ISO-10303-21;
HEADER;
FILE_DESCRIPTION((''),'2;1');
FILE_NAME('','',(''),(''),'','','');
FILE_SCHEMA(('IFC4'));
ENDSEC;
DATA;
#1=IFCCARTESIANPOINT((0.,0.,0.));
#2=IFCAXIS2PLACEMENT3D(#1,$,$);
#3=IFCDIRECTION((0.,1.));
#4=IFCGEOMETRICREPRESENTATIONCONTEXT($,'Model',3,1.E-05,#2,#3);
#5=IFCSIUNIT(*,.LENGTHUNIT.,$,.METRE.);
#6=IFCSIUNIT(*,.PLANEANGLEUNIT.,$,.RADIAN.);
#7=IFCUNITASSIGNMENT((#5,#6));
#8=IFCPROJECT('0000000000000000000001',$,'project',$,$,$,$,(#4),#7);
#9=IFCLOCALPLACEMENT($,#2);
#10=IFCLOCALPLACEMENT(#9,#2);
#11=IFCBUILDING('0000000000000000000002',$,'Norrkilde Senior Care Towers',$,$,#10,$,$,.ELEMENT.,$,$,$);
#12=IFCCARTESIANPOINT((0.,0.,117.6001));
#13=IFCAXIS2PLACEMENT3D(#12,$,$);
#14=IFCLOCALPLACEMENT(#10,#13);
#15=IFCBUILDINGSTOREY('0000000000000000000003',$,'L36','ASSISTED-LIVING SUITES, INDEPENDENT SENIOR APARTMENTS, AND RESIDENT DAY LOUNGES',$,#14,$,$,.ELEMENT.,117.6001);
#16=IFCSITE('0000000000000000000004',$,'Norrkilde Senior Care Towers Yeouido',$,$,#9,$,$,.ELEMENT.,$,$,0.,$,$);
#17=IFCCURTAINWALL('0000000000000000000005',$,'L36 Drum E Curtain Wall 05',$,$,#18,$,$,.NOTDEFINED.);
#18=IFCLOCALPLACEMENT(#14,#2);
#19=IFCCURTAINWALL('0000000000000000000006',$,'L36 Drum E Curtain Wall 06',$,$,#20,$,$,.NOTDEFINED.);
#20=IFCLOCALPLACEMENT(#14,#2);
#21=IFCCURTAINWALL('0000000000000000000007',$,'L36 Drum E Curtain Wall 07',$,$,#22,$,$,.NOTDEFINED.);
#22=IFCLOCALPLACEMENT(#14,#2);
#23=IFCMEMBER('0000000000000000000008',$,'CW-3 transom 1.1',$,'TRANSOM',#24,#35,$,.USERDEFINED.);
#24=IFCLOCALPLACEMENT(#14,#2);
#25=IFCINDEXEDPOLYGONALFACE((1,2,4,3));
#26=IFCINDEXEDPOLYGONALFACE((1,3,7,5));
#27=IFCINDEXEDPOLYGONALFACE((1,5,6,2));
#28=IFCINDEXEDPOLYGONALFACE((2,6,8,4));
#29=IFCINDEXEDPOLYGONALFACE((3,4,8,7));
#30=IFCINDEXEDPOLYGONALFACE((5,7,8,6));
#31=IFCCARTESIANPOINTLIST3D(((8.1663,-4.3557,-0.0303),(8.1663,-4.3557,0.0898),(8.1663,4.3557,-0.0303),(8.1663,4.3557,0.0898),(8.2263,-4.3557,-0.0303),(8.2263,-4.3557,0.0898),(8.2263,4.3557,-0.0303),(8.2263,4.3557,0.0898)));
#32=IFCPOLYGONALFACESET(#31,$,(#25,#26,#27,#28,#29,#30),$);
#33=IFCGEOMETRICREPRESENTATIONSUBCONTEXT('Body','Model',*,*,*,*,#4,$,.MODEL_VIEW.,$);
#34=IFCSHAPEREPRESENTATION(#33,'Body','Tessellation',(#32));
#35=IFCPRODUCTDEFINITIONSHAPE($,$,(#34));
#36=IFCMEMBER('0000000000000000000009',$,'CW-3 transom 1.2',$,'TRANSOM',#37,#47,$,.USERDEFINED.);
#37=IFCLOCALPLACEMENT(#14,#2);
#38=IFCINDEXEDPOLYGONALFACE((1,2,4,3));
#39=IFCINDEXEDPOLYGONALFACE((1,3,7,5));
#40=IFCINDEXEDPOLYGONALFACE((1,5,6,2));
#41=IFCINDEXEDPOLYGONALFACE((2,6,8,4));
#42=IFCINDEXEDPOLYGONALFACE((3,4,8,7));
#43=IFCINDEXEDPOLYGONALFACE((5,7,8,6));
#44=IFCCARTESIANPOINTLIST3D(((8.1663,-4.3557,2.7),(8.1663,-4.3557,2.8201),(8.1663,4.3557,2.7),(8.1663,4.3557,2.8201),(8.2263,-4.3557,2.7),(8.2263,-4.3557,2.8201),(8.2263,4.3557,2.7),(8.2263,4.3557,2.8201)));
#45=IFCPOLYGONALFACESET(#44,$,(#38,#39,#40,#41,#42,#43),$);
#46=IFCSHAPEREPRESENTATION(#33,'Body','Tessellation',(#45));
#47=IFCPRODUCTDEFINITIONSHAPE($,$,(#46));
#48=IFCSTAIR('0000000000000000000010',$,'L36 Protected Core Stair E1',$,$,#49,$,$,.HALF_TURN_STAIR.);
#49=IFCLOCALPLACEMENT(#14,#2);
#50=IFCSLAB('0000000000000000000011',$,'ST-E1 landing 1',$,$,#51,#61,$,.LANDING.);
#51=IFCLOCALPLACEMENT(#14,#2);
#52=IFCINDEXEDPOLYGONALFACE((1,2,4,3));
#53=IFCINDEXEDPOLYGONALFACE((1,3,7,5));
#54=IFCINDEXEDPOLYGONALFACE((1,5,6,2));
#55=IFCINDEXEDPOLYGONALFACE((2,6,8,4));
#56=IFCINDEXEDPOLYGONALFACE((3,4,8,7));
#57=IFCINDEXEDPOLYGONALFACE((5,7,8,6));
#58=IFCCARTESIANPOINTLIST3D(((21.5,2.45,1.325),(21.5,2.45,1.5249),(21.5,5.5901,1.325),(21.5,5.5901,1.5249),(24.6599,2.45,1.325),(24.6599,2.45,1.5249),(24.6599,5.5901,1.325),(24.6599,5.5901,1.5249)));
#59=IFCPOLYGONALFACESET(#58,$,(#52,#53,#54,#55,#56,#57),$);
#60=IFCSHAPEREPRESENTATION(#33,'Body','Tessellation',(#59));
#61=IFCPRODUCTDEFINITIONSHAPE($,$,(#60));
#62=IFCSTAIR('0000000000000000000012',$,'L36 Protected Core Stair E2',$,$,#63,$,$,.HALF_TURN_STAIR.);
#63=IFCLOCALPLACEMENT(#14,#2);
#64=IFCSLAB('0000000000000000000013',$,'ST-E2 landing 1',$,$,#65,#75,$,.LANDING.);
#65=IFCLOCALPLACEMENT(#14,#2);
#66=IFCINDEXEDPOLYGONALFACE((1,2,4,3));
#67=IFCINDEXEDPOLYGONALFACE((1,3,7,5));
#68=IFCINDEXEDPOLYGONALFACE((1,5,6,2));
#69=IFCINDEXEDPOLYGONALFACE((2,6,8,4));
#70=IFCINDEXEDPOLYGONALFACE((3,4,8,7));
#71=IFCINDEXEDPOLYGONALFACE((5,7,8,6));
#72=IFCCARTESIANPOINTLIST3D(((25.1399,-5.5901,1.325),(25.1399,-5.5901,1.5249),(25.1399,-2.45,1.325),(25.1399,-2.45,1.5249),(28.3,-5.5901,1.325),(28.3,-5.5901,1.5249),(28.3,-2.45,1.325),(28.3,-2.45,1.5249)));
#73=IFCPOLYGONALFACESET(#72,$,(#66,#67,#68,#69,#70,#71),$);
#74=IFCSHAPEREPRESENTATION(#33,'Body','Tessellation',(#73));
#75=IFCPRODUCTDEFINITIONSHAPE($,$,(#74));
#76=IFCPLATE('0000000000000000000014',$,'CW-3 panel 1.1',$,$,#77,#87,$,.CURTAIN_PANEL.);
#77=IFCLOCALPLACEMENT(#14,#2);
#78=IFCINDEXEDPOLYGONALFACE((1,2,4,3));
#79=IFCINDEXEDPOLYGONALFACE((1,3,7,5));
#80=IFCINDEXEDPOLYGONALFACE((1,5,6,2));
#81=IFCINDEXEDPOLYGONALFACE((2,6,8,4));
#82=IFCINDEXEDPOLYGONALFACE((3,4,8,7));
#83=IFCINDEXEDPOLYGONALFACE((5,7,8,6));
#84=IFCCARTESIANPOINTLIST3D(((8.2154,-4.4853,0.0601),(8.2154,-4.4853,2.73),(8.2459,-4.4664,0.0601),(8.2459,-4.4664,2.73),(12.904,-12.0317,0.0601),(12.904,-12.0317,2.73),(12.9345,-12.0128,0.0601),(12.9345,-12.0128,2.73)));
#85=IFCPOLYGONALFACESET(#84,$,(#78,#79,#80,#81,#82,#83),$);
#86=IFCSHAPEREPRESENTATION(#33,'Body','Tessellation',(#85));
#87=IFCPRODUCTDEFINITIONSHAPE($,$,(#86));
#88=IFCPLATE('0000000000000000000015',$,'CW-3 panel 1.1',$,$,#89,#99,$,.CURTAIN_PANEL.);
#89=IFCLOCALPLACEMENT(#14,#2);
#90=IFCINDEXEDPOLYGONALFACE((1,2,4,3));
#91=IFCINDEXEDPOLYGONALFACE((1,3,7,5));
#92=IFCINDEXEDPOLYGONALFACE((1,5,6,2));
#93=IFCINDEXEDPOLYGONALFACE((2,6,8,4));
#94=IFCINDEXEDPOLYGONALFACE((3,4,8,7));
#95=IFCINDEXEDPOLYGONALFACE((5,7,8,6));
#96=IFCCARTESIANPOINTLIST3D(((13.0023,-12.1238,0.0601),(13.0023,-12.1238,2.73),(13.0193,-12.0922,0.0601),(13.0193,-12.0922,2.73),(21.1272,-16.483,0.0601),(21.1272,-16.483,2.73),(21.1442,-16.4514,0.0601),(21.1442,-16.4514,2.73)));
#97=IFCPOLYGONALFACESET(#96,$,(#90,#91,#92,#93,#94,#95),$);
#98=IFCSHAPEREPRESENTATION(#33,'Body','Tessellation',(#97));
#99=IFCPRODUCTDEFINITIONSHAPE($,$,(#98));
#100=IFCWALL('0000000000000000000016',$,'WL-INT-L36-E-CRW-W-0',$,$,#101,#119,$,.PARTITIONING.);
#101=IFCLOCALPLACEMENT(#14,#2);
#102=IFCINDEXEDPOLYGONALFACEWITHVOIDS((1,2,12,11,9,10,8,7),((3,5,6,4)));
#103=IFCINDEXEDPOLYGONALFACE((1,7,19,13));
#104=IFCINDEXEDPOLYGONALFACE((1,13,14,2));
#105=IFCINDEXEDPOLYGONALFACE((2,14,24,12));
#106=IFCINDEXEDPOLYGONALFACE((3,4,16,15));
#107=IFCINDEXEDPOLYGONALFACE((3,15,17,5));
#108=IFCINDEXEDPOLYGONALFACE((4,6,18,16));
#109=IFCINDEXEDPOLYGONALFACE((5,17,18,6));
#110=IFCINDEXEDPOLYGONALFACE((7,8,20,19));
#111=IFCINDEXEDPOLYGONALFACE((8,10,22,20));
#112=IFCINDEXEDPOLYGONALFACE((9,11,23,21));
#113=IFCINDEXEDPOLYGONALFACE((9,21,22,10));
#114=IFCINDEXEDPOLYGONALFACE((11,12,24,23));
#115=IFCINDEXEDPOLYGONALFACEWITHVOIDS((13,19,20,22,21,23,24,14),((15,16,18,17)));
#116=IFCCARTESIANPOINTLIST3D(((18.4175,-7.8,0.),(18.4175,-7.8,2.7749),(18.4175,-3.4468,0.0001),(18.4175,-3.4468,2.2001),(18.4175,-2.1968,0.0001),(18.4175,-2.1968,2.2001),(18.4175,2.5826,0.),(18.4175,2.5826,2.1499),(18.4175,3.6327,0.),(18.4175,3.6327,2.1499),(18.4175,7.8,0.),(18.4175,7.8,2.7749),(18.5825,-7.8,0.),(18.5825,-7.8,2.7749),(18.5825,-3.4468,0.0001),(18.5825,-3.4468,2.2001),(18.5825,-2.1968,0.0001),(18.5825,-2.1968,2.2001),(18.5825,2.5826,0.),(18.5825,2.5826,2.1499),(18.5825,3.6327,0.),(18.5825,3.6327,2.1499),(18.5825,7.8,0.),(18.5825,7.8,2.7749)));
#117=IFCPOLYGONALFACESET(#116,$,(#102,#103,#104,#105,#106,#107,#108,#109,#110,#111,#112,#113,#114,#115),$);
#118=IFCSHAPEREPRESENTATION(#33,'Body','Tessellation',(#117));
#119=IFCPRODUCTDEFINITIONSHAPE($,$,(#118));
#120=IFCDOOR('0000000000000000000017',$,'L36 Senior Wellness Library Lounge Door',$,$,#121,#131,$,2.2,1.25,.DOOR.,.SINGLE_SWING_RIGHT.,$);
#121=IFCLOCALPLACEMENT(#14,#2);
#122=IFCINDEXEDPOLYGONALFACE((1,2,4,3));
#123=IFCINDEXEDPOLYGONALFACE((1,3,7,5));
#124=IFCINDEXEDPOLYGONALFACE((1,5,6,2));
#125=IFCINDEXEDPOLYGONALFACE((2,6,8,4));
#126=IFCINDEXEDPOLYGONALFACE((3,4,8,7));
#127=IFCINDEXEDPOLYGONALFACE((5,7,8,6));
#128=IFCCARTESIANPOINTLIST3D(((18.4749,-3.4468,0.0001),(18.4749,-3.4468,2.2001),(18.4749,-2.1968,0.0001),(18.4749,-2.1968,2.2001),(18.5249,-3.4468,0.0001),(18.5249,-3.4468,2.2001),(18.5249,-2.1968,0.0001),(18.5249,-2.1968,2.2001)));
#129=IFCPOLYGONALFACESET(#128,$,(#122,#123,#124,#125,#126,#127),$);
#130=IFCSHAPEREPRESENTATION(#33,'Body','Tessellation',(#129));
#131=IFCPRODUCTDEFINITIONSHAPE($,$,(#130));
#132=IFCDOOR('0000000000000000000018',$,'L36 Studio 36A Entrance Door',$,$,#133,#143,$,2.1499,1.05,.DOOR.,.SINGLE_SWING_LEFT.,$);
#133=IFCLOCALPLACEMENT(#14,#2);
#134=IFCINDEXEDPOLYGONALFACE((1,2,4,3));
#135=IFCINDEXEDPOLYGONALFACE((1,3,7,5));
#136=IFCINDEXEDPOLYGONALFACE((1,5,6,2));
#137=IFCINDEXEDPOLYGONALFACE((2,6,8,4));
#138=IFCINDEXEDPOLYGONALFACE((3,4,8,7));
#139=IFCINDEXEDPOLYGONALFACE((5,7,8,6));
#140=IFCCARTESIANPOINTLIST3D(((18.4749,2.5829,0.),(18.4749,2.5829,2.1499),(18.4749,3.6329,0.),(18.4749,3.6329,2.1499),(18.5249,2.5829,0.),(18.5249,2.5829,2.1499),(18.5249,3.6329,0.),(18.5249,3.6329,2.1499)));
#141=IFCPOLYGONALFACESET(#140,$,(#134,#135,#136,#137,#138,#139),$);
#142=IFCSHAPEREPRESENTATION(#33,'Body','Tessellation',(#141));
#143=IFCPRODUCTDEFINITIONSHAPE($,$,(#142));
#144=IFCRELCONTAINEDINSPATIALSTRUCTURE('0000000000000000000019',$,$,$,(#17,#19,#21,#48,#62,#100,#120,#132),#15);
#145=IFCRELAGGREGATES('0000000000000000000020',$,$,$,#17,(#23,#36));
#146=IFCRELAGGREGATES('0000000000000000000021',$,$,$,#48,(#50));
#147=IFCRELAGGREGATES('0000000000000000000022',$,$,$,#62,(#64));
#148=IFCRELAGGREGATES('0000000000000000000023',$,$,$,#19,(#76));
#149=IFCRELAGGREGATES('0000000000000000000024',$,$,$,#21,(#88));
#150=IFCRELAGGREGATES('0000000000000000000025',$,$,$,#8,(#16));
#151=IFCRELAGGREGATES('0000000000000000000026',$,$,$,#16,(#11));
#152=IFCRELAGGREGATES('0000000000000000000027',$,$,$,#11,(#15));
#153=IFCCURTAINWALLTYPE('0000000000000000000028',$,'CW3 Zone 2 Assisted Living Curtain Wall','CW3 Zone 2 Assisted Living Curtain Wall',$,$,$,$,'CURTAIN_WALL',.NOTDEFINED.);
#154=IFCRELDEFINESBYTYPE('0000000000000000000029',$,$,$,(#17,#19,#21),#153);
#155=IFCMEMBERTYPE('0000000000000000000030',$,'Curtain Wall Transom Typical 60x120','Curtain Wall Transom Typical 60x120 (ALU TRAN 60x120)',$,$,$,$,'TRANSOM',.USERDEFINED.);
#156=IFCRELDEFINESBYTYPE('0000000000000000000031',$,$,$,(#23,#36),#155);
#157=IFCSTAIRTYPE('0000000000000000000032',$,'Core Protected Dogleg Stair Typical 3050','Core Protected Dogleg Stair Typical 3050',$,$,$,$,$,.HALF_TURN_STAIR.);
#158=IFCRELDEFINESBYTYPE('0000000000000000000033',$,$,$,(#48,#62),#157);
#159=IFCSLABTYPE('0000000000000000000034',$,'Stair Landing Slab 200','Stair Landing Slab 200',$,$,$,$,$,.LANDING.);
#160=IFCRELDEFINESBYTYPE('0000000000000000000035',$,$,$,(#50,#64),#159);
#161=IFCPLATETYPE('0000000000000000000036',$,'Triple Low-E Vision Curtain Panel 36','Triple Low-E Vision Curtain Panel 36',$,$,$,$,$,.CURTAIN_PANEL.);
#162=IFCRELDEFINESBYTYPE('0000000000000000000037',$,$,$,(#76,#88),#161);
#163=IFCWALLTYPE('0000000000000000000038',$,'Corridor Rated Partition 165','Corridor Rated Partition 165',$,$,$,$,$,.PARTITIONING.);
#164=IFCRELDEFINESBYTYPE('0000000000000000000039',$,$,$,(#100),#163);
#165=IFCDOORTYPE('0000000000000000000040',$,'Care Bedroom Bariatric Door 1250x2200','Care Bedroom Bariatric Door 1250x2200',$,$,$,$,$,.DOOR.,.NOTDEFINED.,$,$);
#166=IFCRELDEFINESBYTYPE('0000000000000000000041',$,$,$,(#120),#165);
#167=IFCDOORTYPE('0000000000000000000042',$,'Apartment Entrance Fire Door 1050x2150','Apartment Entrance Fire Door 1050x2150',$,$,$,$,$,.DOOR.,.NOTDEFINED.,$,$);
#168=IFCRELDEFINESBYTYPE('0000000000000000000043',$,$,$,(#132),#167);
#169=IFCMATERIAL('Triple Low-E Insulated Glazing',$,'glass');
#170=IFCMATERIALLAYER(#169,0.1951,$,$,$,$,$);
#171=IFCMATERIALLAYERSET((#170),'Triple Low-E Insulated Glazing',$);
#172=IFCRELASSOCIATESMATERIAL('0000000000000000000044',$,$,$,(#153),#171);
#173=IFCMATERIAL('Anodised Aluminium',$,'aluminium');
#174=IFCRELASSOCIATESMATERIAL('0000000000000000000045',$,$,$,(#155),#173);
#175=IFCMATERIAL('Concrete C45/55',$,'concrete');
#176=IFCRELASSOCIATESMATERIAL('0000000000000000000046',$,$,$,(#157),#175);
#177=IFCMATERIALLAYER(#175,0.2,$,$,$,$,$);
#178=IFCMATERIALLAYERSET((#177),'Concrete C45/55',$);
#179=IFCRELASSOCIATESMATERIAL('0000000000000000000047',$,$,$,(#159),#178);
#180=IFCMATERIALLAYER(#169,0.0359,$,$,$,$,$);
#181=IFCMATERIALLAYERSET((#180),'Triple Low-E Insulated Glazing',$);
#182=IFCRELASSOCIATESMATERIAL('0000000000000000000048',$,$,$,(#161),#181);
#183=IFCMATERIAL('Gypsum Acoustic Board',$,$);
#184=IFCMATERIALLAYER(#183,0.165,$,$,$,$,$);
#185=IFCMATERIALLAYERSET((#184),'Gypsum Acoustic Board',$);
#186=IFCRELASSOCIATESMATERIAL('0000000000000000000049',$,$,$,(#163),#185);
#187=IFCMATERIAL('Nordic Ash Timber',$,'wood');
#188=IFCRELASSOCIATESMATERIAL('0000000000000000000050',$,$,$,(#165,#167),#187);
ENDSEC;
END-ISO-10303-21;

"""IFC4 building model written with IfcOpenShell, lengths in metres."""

from ifc_helpers import new_model, si_unit, direction, frame, frame_2d, origin, origin_2d, place, context, subcontext, project, spatial, polyline, rectangle, outline, extrude, source, transform, mapped, material, layer, layer_set, material_profile, profile_set, type_object, type_shapes, element, fill, aggregate, save


model = new_model("IFC4")

# Units and contexts
model_context = context("Model", 3, precision=1e-05, world=origin(), true_north=direction((0.0, 1.0)))
body_context = subcontext(model_context, "Body", "Model", "MODEL_VIEW")
ifc_project = project(units=[si_unit("LENGTHUNIT", "METRE"), si_unit("PLANEANGLEUNIT", "RADIAN")], contexts=[model_context])

# Site, building, storey
site_placement = place(None, origin())
site = spatial("IfcSite", under=ifc_project, at=site_placement, Name="Norrkilde Senior Care Towers Yeouido", CompositionType="ELEMENT", RefElevation=0.0)
building_placement = place(site_placement, origin())
building = spatial("IfcBuilding", under=site, at=building_placement, Name="Norrkilde Senior Care Towers", CompositionType="ELEMENT")
storey_placement = place(building_placement, frame((0.0, 0.0, 117.6001)))
storey = spatial("IfcBuildingStorey", under=building, at=storey_placement, Name="L36", Description="ASSISTED-LIVING SUITES, INDEPENDENT SENIOR APARTMENTS, AND RESIDENT DAY LOUNGES", CompositionType="ELEMENT", Elevation=117.6001)

# Curtain wall
ifc_material_1 = material(Name="Triple Low-E Insulated Glazing", Category="glass")
ifc_layer_1 = layer(ifc_material_1, 0.1951)
ifc_layer_set_1 = layer_set([ifc_layer_1], Name="Triple Low-E Insulated Glazing")
curtain_wall_type = type_object("IfcCurtainWallType", Name="CW3 Zone 2 Assisted Living Curtain Wall", Description="CW3 Zone 2 Assisted Living Curtain Wall", ElementType="CURTAIN_WALL", PredefinedType="NOTDEFINED", material=ifc_layer_set_1)
curtain_wall_1_placement = place(storey_placement, origin())
curtain_wall_1 = element("IfcCurtainWall", 1, at=curtain_wall_1_placement, inside=storey, type_object=curtain_wall_type, Name="L36 Drum E Curtain Wall 05", PredefinedType="NOTDEFINED")
ifc_material_2 = material(Name="Anodised Aluminium", Category="aluminium")

# Curtain wall
curtain_wall_2_placement = place(storey_placement, origin())
curtain_wall_2 = element("IfcCurtainWall", 2, at=curtain_wall_2_placement, inside=storey, type_object=curtain_wall_type, Name="L36 Drum E Curtain Wall 06", PredefinedType="NOTDEFINED")

# Curtain wall
curtain_wall_3_placement = place(storey_placement, origin())
curtain_wall_3 = element("IfcCurtainWall", 3, at=curtain_wall_3_placement, inside=storey, type_object=curtain_wall_type, Name="L36 Drum E Curtain Wall 07", PredefinedType="NOTDEFINED")

# Members
ifc_material_profile_1 = material_profile(ifc_material_2, rectangle(XDim=0.0601, YDim=0.1201, at=origin_2d()), Name="ALU TRAN 60x120")
ifc_profile_set_1 = profile_set([ifc_material_profile_1], Name="Anodised Aluminium")
member_type_1 = type_object("IfcMemberType", Name="Curtain Wall Transom Typical 60x120", Description="Curtain Wall Transom Typical 60x120 (ALU TRAN 60x120)", ElementType="TRANSOM", PredefinedType="USERDEFINED", material=ifc_profile_set_1)
shared_shape_1 = source(origin(), body_context, "Body", "SweptSolid", [
    extrude(rectangle(XDim=0.0601, YDim=0.1201, at=origin_2d()), origin(), (0.0, 0.0, 1.0), 8.7114),
])
member_1_placement = place(storey_placement, frame((8.1963, -4.3557, 0.0298), z_axis=(0.0, 1.0, 0.0), x_axis=(-1.0, 0.0, 0.0)))
member_1 = element("IfcMember", 4, at=member_1_placement, type_object=member_type_1, Name="CW-3 transom 1.1", ObjectType="TRANSOM", PredefinedType="USERDEFINED", context=body_context, shape_type="MappedRepresentation", body=[
    mapped(shared_shape_1, transform((0.0, 0.0, 0.0), x_axis=(1.0, 0.0, 0.0), y_axis=(0.0, 1.0, 0.0), z_axis=(0.0, 0.0, 1.0), scale=1.0)),
])
member_2_placement = place(storey_placement, frame((8.1963, -4.3557, 2.76), z_axis=(0.0, 1.0, 0.0), x_axis=(-1.0, 0.0, 0.0)))
member_2 = element("IfcMember", 5, at=member_2_placement, type_object=member_type_1, Name="CW-3 transom 1.2", ObjectType="TRANSOM", PredefinedType="USERDEFINED", context=body_context, shape_type="MappedRepresentation", body=[
    mapped(shared_shape_1, transform((0.0, 0.0, 0.0), x_axis=(1.0, 0.0, 0.0), y_axis=(0.0, 1.0, 0.0), z_axis=(0.0, 0.0, 1.0), scale=1.0)),
])
aggregate(curtain_wall_1, [member_1, member_2])

# Stairs, slabs
ifc_material_3 = material(Name="Concrete C45/55", Category="concrete")
stair_type = type_object("IfcStairType", Name="Core Protected Dogleg Stair Typical 3050", Description="Core Protected Dogleg Stair Typical 3050", PredefinedType="HALF_TURN_STAIR", material=ifc_material_3)
stair_1_placement = place(storey_placement, origin())
stair_1 = element("IfcStair", 6, at=stair_1_placement, inside=storey, type_object=stair_type, Name="L36 Protected Core Stair E1", PredefinedType="HALF_TURN_STAIR")
ifc_layer_2 = layer(ifc_material_3, 0.2)
ifc_layer_set_2 = layer_set([ifc_layer_2], Name="Concrete C45/55")
slab_type = type_object("IfcSlabType", Name="Stair Landing Slab 200", Description="Stair Landing Slab 200", PredefinedType="LANDING", material=ifc_layer_set_2)
slab_1_placement = place(storey_placement, frame((0.0, 0.0, 1.325)))
slab_1 = element("IfcSlab", 7, at=slab_1_placement, type_object=slab_type, Name="ST-E1 landing 1", PredefinedType="LANDING", context=body_context, shape_type="SweptSolid", body=[
    extrude(outline(polyline([(24.6599, 5.5901), (21.5, 5.5901), (21.5, 2.45), (24.6599, 2.45), (24.6599, 5.5901)])), origin(), (0.0, 0.0, 1.0), 0.2),
])
aggregate(stair_1, [slab_1])
stair_2_placement = place(storey_placement, origin())
stair_2 = element("IfcStair", 8, at=stair_2_placement, inside=storey, type_object=stair_type, Name="L36 Protected Core Stair E2", PredefinedType="HALF_TURN_STAIR")
slab_2_placement = place(storey_placement, frame((0.0, 0.0, 1.325)))
slab_2 = element("IfcSlab", 9, at=slab_2_placement, type_object=slab_type, Name="ST-E2 landing 1", PredefinedType="LANDING", context=body_context, shape_type="SweptSolid", body=[
    extrude(outline(polyline([(25.1399, -5.5901), (28.3, -5.5901), (28.3, -2.45), (25.1399, -2.45), (25.1399, -5.5901)])), origin(), (0.0, 0.0, 1.0), 0.2),
])
aggregate(stair_2, [slab_2])

# Plates
ifc_layer_3 = layer(ifc_material_1, 0.0359)
ifc_layer_set_3 = layer_set([ifc_layer_3], Name="Triple Low-E Insulated Glazing")
plate_type = type_object("IfcPlateType", Name="Triple Low-E Vision Curtain Panel 36", Description="Triple Low-E Vision Curtain Panel 36", PredefinedType="CURTAIN_PANEL", material=ifc_layer_set_3)
shared_shape_2 = source(origin(), body_context, "Body", "SweptSolid", [
    extrude(rectangle(XDim=8.8843, YDim=0.0359, at=origin_2d()), origin(), (0.0, 0.0, 1.0), 2.6699),
])
plate_1_placement = place(storey_placement, frame((10.575, -8.249, 0.0601), z_axis=(0.0, 0.0, 1.0), x_axis=(-0.527733, 0.84941, 0.0)))
plate_1 = element("IfcPlate", 10, at=plate_1_placement, type_object=plate_type, Name="CW-3 panel 1.1", PredefinedType="CURTAIN_PANEL", context=body_context, shape_type="MappedRepresentation", body=[
    mapped(shared_shape_2, transform((0.0, 0.0, 0.0), x_axis=(1.0, 0.0, 0.0), y_axis=(0.0, 1.0, 0.0), z_axis=(0.0, 0.0, 1.0), scale=1.0)),
])
aggregate(curtain_wall_2, [plate_1])
shared_shape_3 = source(origin(), body_context, "Body", "SweptSolid", [
    extrude(rectangle(XDim=9.2205, YDim=0.0359, at=origin_2d()), origin(), (0.0, 0.0, 1.0), 2.6699),
])
type_shapes(plate_type, [shared_shape_2, shared_shape_3])
plate_2_placement = place(storey_placement, frame((17.0732, -14.2876, 0.0601), z_axis=(0.0, 0.0, 1.0), x_axis=(-0.881186, 0.472769, 0.0)))
plate_2 = element("IfcPlate", 11, at=plate_2_placement, type_object=plate_type, Name="CW-3 panel 1.1", PredefinedType="CURTAIN_PANEL", context=body_context, shape_type="MappedRepresentation", body=[
    mapped(shared_shape_3, transform((0.0, 0.0, 0.0), x_axis=(1.0, 0.0, 0.0), y_axis=(0.0, 1.0, 0.0), z_axis=(0.0, 0.0, 1.0), scale=1.0)),
])
aggregate(curtain_wall_3, [plate_2])

# Wall, openings, doors
ifc_material_4 = material(Name="Gypsum Acoustic Board")
ifc_layer_4 = layer(ifc_material_4, 0.165)
ifc_layer_set_4 = layer_set([ifc_layer_4], Name="Gypsum Acoustic Board")
wall_type_1 = type_object("IfcWallType", Name="Corridor Rated Partition 165", Description="Corridor Rated Partition 165", PredefinedType="PARTITIONING", material=ifc_layer_set_4)
shared_shape_4 = source(origin(), body_context, "Body", "SweptSolid", [
    extrude(rectangle(XDim=15.6001, YDim=0.165, at=frame_2d((7.8, 0.0))), origin(), (0.0, 0.0, 1.0), 2.7749),
])
type_shapes(wall_type_1, [shared_shape_4])
wall_1_placement = place(storey_placement, frame((18.5, -7.8, 0.0), z_axis=(0.0, 0.0, 1.0), x_axis=(0.0, 1.0, 0.0)))
wall_1 = element("IfcWall", 12, at=wall_1_placement, inside=storey, type_object=wall_type_1, Name="WL-INT-L36-E-CRW-W-0", PredefinedType="PARTITIONING", context=body_context, shape_type="MappedRepresentation", body=[
    mapped(shared_shape_4, transform((0.0, 0.0, 0.0), x_axis=(1.0, 0.0, 0.0), y_axis=(0.0, 1.0, 0.0), z_axis=(0.0, 0.0, 1.0), scale=1.0)),
])
opening_1_placement = place(wall_1_placement, frame((10.3828, 0.0, 0.0)))
opening_1 = element("IfcOpeningElement", 13, at=opening_1_placement, cuts=wall_1, PredefinedType="OPENING", context=body_context, shape_type="SweptSolid", body=[
    extrude(rectangle(XDim=1.05, YDim=2.1499, at=frame_2d((0.5249, 1.075))), frame((0.0, 0.0925, 0.0), z_axis=(0.0, -1.0, 0.0), x_axis=(1.0, 0.0, 0.0)), (0.0, 0.0, 1.0), 0.1851),
])
opening_2_placement = place(wall_1_placement, frame((4.3533, 0.0, 0.0)))
opening_2 = element("IfcOpeningElement", 14, at=opening_2_placement, cuts=wall_1, PredefinedType="OPENING", context=body_context, shape_type="SweptSolid", body=[
    extrude(rectangle(XDim=1.25, YDim=2.2, at=frame_2d((0.625, 1.1001))), frame((0.0, 0.0925, 0.0), z_axis=(0.0, -1.0, 0.0), x_axis=(1.0, 0.0, 0.0)), (0.0, 0.0, 1.0), 0.1851),
])
ifc_material_5 = material(Name="Nordic Ash Timber", Category="wood")
door_type_1 = type_object("IfcDoorType", Name="Care Bedroom Bariatric Door 1250x2200", Description="Care Bedroom Bariatric Door 1250x2200", OperationType="NOTDEFINED", PredefinedType="DOOR", material=ifc_material_5)
shared_shape_5 = source(origin(), body_context, "Body", "SweptSolid", [
    extrude(rectangle(XDim=1.25, YDim=2.2, at=frame_2d((0.625, 1.1001))), frame((0.0, 0.0249, 0.0), z_axis=(0.0, -1.0, 0.0), x_axis=(1.0, 0.0, 0.0)), (0.0, 0.0, 1.0), 0.05),
])
type_shapes(door_type_1, [shared_shape_5])
door_1_placement = place(opening_2_placement, frame((1.25, 0.0, 0.0), z_axis=(0.0, 0.0, 1.0), x_axis=(-1.0, 0.0, 0.0)))
door_1 = element("IfcDoor", 15, at=door_1_placement, inside=storey, type_object=door_type_1, Name="L36 Senior Wellness Library Lounge Door", OperationType="SINGLE_SWING_RIGHT", OverallHeight=2.2, OverallWidth=1.25, PredefinedType="DOOR", context=body_context, shape_type="MappedRepresentation", body=[
    mapped(shared_shape_5, transform((0.0, 0.0, 0.0), x_axis=(1.0, 0.0, 0.0), y_axis=(0.0, 1.0, 0.0), z_axis=(0.0, 0.0, 1.0), scale=1.0)),
])
fill(opening_2, door_1)
door_type_2 = type_object("IfcDoorType", Name="Apartment Entrance Fire Door 1050x2150", Description="Apartment Entrance Fire Door 1050x2150", OperationType="NOTDEFINED", PredefinedType="DOOR", material=ifc_material_5)
shared_shape_6 = source(origin(), body_context, "Body", "SweptSolid", [
    extrude(rectangle(XDim=1.05, YDim=2.1499, at=frame_2d((0.5249, 1.075))), frame((0.0, 0.0249, 0.0), z_axis=(0.0, -1.0, 0.0), x_axis=(1.0, 0.0, 0.0)), (0.0, 0.0, 1.0), 0.05),
])
type_shapes(door_type_2, [shared_shape_6])
door_2_placement = place(opening_1_placement, frame((1.05, 0.0, 0.0), z_axis=(0.0, 0.0, 1.0), x_axis=(-1.0, 0.0, 0.0)))
door_2 = element("IfcDoor", 16, at=door_2_placement, inside=storey, type_object=door_type_2, Name="L36 Studio 36A Entrance Door", OperationType="SINGLE_SWING_LEFT", OverallHeight=2.1499, OverallWidth=1.05, PredefinedType="DOOR", context=body_context, shape_type="MappedRepresentation", body=[
    mapped(shared_shape_6, transform((0.0, 0.0, 0.0), x_axis=(1.0, 0.0, 0.0), y_axis=(0.0, 1.0, 0.0), z_axis=(0.0, 0.0, 1.0), scale=1.0)),
])
fill(opening_1, door_2)

save(model, "model.ifc")
